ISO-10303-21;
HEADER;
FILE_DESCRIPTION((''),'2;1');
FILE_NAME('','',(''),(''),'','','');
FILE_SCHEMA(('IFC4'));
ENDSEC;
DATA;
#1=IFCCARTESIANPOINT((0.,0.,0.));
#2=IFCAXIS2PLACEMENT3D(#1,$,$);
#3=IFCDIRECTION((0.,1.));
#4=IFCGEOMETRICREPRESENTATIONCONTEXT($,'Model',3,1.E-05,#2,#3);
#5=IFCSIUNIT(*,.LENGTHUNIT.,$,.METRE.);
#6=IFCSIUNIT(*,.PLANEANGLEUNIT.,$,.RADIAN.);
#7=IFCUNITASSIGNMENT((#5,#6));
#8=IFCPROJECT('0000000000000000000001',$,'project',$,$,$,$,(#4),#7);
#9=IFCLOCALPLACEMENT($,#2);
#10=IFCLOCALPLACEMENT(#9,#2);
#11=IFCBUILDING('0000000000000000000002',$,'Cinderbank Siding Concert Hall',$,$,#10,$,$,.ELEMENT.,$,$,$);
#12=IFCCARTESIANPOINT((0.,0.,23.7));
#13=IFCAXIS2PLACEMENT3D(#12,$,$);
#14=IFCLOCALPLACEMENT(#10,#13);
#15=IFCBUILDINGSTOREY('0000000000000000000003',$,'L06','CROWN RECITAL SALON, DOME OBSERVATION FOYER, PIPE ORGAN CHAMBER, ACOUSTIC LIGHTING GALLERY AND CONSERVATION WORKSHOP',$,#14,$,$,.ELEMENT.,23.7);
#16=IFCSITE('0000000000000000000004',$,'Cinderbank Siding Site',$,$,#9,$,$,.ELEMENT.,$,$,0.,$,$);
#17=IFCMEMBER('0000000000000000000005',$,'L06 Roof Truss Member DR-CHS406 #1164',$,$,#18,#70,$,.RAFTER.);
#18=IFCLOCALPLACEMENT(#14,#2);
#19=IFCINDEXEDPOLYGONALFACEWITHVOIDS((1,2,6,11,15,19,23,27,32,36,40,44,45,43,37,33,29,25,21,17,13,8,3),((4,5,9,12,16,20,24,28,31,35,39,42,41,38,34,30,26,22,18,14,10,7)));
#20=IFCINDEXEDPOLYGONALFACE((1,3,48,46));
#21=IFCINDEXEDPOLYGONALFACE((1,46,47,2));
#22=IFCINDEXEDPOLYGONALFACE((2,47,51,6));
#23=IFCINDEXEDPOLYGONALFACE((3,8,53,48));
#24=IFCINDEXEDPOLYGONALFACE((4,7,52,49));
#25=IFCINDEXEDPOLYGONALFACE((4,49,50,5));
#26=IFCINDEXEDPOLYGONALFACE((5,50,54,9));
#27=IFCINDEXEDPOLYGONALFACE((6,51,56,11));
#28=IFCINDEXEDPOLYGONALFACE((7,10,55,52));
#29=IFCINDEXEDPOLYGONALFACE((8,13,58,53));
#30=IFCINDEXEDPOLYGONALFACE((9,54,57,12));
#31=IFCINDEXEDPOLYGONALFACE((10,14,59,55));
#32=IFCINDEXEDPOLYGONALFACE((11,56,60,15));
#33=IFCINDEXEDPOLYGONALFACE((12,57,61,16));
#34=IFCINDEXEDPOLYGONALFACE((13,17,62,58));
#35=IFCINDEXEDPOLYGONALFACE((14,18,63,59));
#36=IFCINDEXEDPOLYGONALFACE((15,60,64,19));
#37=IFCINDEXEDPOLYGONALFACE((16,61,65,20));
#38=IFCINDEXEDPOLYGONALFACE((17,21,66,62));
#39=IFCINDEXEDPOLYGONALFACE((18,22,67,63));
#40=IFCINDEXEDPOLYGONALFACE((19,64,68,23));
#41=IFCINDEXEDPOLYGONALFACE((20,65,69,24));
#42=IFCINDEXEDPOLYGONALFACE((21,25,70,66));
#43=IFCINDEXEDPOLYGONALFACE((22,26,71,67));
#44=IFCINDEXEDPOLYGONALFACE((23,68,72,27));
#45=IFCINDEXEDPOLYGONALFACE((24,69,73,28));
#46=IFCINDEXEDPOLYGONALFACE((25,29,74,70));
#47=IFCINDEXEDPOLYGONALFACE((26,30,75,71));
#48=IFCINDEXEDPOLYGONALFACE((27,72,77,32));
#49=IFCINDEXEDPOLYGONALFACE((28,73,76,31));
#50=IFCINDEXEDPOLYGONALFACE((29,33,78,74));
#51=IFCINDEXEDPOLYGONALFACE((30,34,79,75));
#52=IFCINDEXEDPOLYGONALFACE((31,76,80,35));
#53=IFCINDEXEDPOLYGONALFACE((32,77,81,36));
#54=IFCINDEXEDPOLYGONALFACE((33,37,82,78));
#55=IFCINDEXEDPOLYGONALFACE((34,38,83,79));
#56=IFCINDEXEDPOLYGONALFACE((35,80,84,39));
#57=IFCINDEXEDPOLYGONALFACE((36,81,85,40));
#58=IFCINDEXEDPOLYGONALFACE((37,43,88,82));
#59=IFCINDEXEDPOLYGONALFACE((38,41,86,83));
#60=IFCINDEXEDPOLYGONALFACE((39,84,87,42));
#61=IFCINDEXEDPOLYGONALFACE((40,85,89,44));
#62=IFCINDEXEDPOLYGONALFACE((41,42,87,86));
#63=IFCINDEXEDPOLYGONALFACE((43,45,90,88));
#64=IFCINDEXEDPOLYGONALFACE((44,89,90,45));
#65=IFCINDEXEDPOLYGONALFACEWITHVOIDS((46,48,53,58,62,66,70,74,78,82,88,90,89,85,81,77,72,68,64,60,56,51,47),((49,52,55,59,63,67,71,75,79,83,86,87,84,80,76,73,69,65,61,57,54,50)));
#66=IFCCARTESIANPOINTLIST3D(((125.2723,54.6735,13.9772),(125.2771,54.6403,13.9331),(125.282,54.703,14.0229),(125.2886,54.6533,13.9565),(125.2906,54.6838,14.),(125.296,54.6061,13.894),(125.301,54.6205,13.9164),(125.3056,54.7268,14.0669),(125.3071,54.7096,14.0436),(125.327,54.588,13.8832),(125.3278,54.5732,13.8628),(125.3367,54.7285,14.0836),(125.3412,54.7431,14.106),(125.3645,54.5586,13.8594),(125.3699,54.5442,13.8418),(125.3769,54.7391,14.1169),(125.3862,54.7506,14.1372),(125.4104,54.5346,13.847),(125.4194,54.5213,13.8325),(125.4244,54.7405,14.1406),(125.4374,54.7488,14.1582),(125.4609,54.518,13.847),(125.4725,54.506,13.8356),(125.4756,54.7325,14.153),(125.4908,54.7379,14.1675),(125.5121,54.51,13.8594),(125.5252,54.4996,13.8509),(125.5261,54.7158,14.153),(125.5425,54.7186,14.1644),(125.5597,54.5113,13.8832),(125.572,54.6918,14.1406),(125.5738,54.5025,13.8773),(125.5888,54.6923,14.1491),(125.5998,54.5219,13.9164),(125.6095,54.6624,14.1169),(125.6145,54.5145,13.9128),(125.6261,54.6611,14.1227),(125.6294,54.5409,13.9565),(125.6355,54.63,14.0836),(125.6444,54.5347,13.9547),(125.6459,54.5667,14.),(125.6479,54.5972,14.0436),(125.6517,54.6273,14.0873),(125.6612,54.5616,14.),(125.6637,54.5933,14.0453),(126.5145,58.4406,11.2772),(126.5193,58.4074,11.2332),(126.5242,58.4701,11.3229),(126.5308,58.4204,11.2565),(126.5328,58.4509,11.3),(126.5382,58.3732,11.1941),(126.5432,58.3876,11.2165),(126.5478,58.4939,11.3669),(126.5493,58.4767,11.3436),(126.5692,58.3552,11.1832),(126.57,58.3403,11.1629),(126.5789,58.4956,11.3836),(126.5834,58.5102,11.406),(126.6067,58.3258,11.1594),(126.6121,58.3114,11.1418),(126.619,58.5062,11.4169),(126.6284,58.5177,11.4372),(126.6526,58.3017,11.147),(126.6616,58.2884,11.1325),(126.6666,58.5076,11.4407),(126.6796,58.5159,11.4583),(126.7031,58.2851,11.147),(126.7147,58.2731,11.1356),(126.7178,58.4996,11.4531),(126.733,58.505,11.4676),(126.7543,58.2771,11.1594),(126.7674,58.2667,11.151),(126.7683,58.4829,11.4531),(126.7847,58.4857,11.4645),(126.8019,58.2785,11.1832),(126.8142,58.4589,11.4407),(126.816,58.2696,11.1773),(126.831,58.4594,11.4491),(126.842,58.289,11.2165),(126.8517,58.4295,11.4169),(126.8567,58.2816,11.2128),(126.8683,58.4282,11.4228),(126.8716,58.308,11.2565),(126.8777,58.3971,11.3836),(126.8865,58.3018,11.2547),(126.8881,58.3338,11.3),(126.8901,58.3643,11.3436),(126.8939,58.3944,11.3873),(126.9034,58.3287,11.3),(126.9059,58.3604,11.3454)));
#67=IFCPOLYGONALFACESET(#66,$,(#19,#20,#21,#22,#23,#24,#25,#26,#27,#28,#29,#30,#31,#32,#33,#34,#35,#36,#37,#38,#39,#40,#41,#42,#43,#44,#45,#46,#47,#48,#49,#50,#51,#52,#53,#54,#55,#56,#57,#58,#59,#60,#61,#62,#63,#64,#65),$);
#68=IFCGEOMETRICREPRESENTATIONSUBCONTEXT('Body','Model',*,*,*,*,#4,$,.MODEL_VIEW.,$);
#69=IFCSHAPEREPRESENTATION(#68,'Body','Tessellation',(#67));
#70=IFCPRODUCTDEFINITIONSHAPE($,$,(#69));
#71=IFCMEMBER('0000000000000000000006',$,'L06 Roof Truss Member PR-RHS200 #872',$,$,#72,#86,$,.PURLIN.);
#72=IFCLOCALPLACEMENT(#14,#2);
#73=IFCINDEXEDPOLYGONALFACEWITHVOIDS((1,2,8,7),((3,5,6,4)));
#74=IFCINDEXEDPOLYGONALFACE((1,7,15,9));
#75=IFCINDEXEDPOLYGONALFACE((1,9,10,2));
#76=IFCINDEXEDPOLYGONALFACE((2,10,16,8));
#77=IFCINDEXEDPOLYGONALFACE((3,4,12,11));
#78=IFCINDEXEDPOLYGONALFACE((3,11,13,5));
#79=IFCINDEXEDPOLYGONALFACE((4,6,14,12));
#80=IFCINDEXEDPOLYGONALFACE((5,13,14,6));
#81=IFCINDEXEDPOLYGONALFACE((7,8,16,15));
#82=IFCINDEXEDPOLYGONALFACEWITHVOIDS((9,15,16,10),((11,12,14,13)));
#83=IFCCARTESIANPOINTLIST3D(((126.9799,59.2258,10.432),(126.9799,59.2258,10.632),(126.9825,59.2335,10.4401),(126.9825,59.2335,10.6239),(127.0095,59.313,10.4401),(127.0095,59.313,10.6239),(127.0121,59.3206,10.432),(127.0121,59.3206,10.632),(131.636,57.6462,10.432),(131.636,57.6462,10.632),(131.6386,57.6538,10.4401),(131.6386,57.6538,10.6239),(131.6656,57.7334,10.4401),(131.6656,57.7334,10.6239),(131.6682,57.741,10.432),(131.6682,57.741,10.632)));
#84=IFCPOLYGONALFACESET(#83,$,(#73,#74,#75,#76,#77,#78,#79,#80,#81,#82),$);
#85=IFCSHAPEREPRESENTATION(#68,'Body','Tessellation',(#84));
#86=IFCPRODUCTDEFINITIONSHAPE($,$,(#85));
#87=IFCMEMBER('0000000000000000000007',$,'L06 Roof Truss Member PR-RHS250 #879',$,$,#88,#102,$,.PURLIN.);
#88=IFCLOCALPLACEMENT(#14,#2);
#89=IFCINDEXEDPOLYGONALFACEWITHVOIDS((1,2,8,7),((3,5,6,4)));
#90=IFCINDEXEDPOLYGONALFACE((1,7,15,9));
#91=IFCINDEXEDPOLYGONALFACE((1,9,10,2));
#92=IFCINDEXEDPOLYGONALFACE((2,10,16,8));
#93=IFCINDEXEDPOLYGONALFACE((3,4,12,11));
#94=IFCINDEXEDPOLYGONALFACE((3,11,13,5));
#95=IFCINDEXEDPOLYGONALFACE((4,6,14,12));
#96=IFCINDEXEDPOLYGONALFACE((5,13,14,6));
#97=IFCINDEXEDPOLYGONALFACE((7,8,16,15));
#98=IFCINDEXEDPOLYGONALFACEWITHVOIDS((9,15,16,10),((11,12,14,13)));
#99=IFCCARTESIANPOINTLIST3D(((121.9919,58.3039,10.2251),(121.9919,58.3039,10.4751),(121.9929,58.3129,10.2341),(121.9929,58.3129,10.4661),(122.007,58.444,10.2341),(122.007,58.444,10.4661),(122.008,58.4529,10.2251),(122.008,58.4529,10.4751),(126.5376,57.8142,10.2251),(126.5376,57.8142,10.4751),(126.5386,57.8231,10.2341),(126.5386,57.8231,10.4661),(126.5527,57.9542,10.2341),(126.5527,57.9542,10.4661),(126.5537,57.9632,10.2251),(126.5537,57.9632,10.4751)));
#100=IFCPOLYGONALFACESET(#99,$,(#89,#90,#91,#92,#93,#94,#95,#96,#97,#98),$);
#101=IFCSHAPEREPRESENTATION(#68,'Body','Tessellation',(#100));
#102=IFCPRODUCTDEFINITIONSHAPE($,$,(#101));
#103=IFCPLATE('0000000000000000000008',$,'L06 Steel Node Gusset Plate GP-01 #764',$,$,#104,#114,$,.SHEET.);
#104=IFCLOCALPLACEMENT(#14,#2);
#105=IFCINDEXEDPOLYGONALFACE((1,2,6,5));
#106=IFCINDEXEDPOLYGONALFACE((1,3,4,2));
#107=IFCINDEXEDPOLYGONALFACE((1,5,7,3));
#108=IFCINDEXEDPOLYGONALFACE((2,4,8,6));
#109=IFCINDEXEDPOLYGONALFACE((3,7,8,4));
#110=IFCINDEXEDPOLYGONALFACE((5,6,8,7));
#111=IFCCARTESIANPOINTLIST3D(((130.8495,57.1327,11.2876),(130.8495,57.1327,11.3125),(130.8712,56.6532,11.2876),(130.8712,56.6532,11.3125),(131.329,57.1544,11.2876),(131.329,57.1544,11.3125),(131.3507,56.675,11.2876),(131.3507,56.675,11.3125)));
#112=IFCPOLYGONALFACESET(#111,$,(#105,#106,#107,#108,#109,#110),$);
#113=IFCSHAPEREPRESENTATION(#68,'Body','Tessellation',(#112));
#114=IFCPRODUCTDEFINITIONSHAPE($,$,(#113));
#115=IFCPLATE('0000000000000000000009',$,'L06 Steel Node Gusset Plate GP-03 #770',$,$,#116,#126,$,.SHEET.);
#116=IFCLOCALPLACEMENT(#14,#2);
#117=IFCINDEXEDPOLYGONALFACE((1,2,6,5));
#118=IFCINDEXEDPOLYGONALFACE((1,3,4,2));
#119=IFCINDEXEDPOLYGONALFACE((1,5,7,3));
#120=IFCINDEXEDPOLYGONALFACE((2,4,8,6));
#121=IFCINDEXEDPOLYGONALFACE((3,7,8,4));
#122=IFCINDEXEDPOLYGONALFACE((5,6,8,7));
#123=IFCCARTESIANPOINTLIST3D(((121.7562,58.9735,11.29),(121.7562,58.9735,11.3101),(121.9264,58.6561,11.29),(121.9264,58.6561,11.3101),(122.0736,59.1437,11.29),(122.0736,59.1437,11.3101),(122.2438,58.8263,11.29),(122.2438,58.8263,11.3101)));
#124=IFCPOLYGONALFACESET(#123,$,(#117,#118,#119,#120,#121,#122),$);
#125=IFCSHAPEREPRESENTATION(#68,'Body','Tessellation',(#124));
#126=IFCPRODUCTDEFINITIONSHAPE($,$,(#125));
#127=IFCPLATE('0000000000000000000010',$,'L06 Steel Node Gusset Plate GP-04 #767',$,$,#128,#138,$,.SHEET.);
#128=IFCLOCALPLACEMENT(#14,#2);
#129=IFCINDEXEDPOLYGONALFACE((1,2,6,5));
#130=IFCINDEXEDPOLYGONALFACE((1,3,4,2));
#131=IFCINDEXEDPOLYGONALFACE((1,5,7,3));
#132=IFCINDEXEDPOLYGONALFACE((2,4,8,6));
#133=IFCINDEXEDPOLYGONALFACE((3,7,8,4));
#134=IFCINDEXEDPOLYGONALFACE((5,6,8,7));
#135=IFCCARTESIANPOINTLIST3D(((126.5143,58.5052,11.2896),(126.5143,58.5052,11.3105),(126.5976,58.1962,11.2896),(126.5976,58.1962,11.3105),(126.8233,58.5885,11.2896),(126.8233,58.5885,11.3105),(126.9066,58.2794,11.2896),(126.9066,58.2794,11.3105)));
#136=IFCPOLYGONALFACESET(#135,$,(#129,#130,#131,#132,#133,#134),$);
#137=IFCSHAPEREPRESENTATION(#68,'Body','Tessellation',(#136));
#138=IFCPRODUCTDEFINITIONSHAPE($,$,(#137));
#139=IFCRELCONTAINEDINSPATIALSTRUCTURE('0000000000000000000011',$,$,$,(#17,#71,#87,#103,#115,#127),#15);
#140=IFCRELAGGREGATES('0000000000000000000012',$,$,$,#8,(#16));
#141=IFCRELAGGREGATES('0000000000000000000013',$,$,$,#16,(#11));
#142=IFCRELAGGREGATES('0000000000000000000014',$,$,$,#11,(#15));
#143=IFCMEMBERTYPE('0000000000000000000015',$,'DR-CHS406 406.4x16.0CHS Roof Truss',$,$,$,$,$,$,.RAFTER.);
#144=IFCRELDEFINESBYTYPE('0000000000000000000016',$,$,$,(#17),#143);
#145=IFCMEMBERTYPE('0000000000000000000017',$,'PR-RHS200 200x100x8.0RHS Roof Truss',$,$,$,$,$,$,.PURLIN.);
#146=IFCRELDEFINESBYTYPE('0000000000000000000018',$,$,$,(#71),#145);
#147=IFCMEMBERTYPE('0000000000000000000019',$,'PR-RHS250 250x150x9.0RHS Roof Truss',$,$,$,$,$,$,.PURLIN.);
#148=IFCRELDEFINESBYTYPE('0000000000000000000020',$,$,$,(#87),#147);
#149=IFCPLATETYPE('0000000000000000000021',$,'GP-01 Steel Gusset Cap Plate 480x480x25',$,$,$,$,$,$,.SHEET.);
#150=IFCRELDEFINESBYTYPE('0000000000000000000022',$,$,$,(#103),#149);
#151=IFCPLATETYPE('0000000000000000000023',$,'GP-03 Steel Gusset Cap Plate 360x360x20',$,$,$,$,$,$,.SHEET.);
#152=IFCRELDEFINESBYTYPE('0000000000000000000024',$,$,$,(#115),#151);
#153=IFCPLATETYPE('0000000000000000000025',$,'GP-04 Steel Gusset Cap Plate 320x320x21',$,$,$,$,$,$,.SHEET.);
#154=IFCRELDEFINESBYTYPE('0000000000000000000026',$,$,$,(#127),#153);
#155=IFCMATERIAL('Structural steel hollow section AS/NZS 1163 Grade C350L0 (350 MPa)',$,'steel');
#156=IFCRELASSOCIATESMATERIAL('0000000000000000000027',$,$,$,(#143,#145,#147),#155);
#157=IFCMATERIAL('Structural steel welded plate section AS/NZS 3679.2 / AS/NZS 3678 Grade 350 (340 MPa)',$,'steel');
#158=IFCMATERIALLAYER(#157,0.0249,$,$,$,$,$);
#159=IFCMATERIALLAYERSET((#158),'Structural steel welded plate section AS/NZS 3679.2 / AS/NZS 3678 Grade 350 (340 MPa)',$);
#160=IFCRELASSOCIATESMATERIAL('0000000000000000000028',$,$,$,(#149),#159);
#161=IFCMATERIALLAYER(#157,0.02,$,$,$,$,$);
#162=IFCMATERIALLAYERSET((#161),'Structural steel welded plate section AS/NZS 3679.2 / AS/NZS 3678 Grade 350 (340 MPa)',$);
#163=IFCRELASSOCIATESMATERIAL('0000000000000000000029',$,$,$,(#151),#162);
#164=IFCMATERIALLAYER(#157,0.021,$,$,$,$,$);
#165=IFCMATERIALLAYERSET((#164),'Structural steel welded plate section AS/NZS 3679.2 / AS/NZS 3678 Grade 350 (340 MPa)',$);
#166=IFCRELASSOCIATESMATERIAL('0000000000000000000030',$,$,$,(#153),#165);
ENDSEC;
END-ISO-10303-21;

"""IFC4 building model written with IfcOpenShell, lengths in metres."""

from ifc_helpers import new_model, si_unit, direction, frame, origin, origin_2d, place, context, subcontext, project, spatial, rectangle, hollow_rectangle, hollow_circle, extrude, material, layer, layer_set, material_profile, profile_set, type_object, element, save


model = new_model("IFC4")

# Units and contexts
model_context = context("Model", 3, precision=1e-05, world=origin(), true_north=direction((0.0, 1.0)))
body_context = subcontext(model_context, "Body", "Model", "MODEL_VIEW")
ifc_project = project(units=[si_unit("LENGTHUNIT", "METRE"), si_unit("PLANEANGLEUNIT", "RADIAN")], contexts=[model_context])

# Site, building, storey
site_placement = place(None, origin())
site = spatial("IfcSite", under=ifc_project, at=site_placement, Name="Cinderbank Siding Site", CompositionType="ELEMENT", RefElevation=0.0)
building_placement = place(site_placement, origin())
building = spatial("IfcBuilding", under=site, at=building_placement, Name="Cinderbank Siding Concert Hall", CompositionType="ELEMENT")
storey_placement = place(building_placement, frame((0.0, 0.0, 23.7)))
storey = spatial("IfcBuildingStorey", under=building, at=storey_placement, Name="L06", Description="CROWN RECITAL SALON, DOME OBSERVATION FOYER, PIPE ORGAN CHAMBER, ACOUSTIC LIGHTING GALLERY AND CONSERVATION WORKSHOP", CompositionType="ELEMENT", Elevation=23.7)

# Members
ifc_material_1 = material(Name="Structural steel hollow section AS/NZS 1163 Grade C350L0 (350 MPa)", Category="steel")
ifc_material_profile_1 = material_profile(ifc_material_1, hollow_circle(Radius=0.2031, WallThickness=0.0161, at=origin_2d()), Name="406.4x16.0CHS", Category="LoadBearing")
ifc_profile_set_1 = profile_set([ifc_material_profile_1], Name="Structural steel hollow section AS/NZS 1163 Grade C350L0 (350 MPa)")
member_type_1 = type_object("IfcMemberType", Name="DR-CHS406 406.4x16.0CHS Roof Truss", PredefinedType="RAFTER", material=ifc_profile_set_1)
member_1_placement = place(storey_placement, frame((126.7104, 58.3923, 11.3), z_axis=(-0.25888, -0.785088, 0.562689), x_axis=(0.9497, -0.313161, 0.0)))
element("IfcMember", 1, at=member_1_placement, inside=storey, type_object=member_type_1, Name="L06 Roof Truss Member DR-CHS406 #1164", PredefinedType="RAFTER", context=body_context, shape_type="SweptSolid", body=[
    extrude(hollow_circle(Radius=0.2031, WallThickness=0.0161, at=origin_2d()), origin(), (0.0, 0.0, 1.0), 4.7983),
])
ifc_material_profile_2 = material_profile(ifc_material_1, hollow_rectangle(XDim=0.1001, YDim=0.2, WallThickness=0.0081, at=origin_2d()), Name="200x100x8.0RHS", Category="LoadBearing")
ifc_profile_set_2 = profile_set([ifc_material_profile_2], Name="Structural steel hollow section AS/NZS 1163 Grade C350L0 (350 MPa)")
member_type_2 = type_object("IfcMemberType", Name="PR-RHS200 200x100x8.0RHS Roof Truss", PredefinedType="PURLIN", material=ifc_profile_set_2)
member_2_placement = place(storey_placement, frame((131.6521, 57.6936, 10.532), z_axis=(-0.946987, 0.321273, 0.0), x_axis=(-0.321273, -0.946987, 0.0)))
element("IfcMember", 2, at=member_2_placement, inside=storey, type_object=member_type_2, Name="L06 Roof Truss Member PR-RHS200 #872", PredefinedType="PURLIN", context=body_context, shape_type="SweptSolid", body=[
    extrude(hollow_rectangle(XDim=0.1001, YDim=0.2, WallThickness=0.0081, at=origin_2d()), origin(), (0.0, 0.0, 1.0), 4.9167),
])
ifc_material_profile_3 = material_profile(ifc_material_1, hollow_rectangle(XDim=0.1499, YDim=0.25, WallThickness=0.009, at=origin_2d()), Name="250x150x9.0RHS", Category="LoadBearing")
ifc_profile_set_3 = profile_set([ifc_material_profile_3], Name="Structural steel hollow section AS/NZS 1163 Grade C350L0 (350 MPa)")
member_type_3 = type_object("IfcMemberType", Name="PR-RHS250 250x150x9.0RHS Roof Truss", PredefinedType="PURLIN", material=ifc_profile_set_3)
member_3_placement = place(storey_placement, frame((126.5457, 57.8887, 10.3501), z_axis=(-0.994246, 0.107119, 0.0), x_axis=(-0.107119, -0.994246, 0.0)))
element("IfcMember", 3, at=member_3_placement, inside=storey, type_object=member_type_3, Name="L06 Roof Truss Member PR-RHS250 #879", PredefinedType="PURLIN", context=body_context, shape_type="SweptSolid", body=[
    extrude(hollow_rectangle(XDim=0.1499, YDim=0.25, WallThickness=0.009, at=origin_2d()), origin(), (0.0, 0.0, 1.0), 4.572),
])

# Plates
ifc_material_2 = material(Name="Structural steel welded plate section AS/NZS 3679.2 / AS/NZS 3678 Grade 350 (340 MPa)", Category="steel")
ifc_layer_1 = layer(ifc_material_2, 0.0249)
ifc_layer_set_1 = layer_set([ifc_layer_1], Name="Structural steel welded plate section AS/NZS 3679.2 / AS/NZS 3678 Grade 350 (340 MPa)")
plate_type_1 = type_object("IfcPlateType", Name="GP-01 Steel Gusset Cap Plate 480x480x25", PredefinedType="SHEET", material=ifc_layer_set_1)
plate_1_placement = place(storey_placement, frame((131.1001, 56.9038, 11.2876), z_axis=(0.0, 0.0, 1.0), x_axis=(-0.998971, -0.045363, 0.0)))
element("IfcPlate", 4, at=plate_1_placement, inside=storey, type_object=plate_type_1, Name="L06 Steel Node Gusset Plate GP-01 #764", PredefinedType="SHEET", context=body_context, shape_type="SweptSolid", body=[
    extrude(rectangle(XDim=0.48, YDim=0.48, at=origin_2d()), origin(), (0.0, 0.0, 1.0), 0.0249),
])
ifc_layer_2 = layer(ifc_material_2, 0.02)
ifc_layer_set_2 = layer_set([ifc_layer_2], Name="Structural steel welded plate section AS/NZS 3679.2 / AS/NZS 3678 Grade 350 (340 MPa)")
plate_type_2 = type_object("IfcPlateType", Name="GP-03 Steel Gusset Cap Plate 360x360x20", PredefinedType="SHEET", material=ifc_layer_set_2)
plate_2_placement = place(storey_placement, frame((122.0, 58.8999, 11.29), z_axis=(0.0, 0.0, 1.0), x_axis=(-0.881386, -0.472397, 0.0)))
element("IfcPlate", 5, at=plate_2_placement, inside=storey, type_object=plate_type_2, Name="L06 Steel Node Gusset Plate GP-03 #770", PredefinedType="SHEET", context=body_context, shape_type="SweptSolid", body=[
    extrude(rectangle(XDim=0.3601, YDim=0.3601, at=origin_2d()), origin(), (0.0, 0.0, 1.0), 0.02),
])
ifc_layer_3 = layer(ifc_material_2, 0.021)
ifc_layer_set_3 = layer_set([ifc_layer_3], Name="Structural steel welded plate section AS/NZS 3679.2 / AS/NZS 3678 Grade 350 (340 MPa)")
plate_type_3 = type_object("IfcPlateType", Name="GP-04 Steel Gusset Cap Plate 320x320x21", PredefinedType="SHEET", material=ifc_layer_set_3)
plate_3_placement = place(storey_placement, frame((126.7104, 58.3923, 11.2896), z_axis=(0.0, 0.0, 1.0), x_axis=(-0.965564, -0.260167, 0.0)))
element("IfcPlate", 6, at=plate_3_placement, inside=storey, type_object=plate_type_3, Name="L06 Steel Node Gusset Plate GP-04 #767", PredefinedType="SHEET", context=body_context, shape_type="SweptSolid", body=[
    extrude(rectangle(XDim=0.3201, YDim=0.3201, at=origin_2d()), origin(), (0.0, 0.0, 1.0), 0.021),
])

save(model, "model.ifc")
